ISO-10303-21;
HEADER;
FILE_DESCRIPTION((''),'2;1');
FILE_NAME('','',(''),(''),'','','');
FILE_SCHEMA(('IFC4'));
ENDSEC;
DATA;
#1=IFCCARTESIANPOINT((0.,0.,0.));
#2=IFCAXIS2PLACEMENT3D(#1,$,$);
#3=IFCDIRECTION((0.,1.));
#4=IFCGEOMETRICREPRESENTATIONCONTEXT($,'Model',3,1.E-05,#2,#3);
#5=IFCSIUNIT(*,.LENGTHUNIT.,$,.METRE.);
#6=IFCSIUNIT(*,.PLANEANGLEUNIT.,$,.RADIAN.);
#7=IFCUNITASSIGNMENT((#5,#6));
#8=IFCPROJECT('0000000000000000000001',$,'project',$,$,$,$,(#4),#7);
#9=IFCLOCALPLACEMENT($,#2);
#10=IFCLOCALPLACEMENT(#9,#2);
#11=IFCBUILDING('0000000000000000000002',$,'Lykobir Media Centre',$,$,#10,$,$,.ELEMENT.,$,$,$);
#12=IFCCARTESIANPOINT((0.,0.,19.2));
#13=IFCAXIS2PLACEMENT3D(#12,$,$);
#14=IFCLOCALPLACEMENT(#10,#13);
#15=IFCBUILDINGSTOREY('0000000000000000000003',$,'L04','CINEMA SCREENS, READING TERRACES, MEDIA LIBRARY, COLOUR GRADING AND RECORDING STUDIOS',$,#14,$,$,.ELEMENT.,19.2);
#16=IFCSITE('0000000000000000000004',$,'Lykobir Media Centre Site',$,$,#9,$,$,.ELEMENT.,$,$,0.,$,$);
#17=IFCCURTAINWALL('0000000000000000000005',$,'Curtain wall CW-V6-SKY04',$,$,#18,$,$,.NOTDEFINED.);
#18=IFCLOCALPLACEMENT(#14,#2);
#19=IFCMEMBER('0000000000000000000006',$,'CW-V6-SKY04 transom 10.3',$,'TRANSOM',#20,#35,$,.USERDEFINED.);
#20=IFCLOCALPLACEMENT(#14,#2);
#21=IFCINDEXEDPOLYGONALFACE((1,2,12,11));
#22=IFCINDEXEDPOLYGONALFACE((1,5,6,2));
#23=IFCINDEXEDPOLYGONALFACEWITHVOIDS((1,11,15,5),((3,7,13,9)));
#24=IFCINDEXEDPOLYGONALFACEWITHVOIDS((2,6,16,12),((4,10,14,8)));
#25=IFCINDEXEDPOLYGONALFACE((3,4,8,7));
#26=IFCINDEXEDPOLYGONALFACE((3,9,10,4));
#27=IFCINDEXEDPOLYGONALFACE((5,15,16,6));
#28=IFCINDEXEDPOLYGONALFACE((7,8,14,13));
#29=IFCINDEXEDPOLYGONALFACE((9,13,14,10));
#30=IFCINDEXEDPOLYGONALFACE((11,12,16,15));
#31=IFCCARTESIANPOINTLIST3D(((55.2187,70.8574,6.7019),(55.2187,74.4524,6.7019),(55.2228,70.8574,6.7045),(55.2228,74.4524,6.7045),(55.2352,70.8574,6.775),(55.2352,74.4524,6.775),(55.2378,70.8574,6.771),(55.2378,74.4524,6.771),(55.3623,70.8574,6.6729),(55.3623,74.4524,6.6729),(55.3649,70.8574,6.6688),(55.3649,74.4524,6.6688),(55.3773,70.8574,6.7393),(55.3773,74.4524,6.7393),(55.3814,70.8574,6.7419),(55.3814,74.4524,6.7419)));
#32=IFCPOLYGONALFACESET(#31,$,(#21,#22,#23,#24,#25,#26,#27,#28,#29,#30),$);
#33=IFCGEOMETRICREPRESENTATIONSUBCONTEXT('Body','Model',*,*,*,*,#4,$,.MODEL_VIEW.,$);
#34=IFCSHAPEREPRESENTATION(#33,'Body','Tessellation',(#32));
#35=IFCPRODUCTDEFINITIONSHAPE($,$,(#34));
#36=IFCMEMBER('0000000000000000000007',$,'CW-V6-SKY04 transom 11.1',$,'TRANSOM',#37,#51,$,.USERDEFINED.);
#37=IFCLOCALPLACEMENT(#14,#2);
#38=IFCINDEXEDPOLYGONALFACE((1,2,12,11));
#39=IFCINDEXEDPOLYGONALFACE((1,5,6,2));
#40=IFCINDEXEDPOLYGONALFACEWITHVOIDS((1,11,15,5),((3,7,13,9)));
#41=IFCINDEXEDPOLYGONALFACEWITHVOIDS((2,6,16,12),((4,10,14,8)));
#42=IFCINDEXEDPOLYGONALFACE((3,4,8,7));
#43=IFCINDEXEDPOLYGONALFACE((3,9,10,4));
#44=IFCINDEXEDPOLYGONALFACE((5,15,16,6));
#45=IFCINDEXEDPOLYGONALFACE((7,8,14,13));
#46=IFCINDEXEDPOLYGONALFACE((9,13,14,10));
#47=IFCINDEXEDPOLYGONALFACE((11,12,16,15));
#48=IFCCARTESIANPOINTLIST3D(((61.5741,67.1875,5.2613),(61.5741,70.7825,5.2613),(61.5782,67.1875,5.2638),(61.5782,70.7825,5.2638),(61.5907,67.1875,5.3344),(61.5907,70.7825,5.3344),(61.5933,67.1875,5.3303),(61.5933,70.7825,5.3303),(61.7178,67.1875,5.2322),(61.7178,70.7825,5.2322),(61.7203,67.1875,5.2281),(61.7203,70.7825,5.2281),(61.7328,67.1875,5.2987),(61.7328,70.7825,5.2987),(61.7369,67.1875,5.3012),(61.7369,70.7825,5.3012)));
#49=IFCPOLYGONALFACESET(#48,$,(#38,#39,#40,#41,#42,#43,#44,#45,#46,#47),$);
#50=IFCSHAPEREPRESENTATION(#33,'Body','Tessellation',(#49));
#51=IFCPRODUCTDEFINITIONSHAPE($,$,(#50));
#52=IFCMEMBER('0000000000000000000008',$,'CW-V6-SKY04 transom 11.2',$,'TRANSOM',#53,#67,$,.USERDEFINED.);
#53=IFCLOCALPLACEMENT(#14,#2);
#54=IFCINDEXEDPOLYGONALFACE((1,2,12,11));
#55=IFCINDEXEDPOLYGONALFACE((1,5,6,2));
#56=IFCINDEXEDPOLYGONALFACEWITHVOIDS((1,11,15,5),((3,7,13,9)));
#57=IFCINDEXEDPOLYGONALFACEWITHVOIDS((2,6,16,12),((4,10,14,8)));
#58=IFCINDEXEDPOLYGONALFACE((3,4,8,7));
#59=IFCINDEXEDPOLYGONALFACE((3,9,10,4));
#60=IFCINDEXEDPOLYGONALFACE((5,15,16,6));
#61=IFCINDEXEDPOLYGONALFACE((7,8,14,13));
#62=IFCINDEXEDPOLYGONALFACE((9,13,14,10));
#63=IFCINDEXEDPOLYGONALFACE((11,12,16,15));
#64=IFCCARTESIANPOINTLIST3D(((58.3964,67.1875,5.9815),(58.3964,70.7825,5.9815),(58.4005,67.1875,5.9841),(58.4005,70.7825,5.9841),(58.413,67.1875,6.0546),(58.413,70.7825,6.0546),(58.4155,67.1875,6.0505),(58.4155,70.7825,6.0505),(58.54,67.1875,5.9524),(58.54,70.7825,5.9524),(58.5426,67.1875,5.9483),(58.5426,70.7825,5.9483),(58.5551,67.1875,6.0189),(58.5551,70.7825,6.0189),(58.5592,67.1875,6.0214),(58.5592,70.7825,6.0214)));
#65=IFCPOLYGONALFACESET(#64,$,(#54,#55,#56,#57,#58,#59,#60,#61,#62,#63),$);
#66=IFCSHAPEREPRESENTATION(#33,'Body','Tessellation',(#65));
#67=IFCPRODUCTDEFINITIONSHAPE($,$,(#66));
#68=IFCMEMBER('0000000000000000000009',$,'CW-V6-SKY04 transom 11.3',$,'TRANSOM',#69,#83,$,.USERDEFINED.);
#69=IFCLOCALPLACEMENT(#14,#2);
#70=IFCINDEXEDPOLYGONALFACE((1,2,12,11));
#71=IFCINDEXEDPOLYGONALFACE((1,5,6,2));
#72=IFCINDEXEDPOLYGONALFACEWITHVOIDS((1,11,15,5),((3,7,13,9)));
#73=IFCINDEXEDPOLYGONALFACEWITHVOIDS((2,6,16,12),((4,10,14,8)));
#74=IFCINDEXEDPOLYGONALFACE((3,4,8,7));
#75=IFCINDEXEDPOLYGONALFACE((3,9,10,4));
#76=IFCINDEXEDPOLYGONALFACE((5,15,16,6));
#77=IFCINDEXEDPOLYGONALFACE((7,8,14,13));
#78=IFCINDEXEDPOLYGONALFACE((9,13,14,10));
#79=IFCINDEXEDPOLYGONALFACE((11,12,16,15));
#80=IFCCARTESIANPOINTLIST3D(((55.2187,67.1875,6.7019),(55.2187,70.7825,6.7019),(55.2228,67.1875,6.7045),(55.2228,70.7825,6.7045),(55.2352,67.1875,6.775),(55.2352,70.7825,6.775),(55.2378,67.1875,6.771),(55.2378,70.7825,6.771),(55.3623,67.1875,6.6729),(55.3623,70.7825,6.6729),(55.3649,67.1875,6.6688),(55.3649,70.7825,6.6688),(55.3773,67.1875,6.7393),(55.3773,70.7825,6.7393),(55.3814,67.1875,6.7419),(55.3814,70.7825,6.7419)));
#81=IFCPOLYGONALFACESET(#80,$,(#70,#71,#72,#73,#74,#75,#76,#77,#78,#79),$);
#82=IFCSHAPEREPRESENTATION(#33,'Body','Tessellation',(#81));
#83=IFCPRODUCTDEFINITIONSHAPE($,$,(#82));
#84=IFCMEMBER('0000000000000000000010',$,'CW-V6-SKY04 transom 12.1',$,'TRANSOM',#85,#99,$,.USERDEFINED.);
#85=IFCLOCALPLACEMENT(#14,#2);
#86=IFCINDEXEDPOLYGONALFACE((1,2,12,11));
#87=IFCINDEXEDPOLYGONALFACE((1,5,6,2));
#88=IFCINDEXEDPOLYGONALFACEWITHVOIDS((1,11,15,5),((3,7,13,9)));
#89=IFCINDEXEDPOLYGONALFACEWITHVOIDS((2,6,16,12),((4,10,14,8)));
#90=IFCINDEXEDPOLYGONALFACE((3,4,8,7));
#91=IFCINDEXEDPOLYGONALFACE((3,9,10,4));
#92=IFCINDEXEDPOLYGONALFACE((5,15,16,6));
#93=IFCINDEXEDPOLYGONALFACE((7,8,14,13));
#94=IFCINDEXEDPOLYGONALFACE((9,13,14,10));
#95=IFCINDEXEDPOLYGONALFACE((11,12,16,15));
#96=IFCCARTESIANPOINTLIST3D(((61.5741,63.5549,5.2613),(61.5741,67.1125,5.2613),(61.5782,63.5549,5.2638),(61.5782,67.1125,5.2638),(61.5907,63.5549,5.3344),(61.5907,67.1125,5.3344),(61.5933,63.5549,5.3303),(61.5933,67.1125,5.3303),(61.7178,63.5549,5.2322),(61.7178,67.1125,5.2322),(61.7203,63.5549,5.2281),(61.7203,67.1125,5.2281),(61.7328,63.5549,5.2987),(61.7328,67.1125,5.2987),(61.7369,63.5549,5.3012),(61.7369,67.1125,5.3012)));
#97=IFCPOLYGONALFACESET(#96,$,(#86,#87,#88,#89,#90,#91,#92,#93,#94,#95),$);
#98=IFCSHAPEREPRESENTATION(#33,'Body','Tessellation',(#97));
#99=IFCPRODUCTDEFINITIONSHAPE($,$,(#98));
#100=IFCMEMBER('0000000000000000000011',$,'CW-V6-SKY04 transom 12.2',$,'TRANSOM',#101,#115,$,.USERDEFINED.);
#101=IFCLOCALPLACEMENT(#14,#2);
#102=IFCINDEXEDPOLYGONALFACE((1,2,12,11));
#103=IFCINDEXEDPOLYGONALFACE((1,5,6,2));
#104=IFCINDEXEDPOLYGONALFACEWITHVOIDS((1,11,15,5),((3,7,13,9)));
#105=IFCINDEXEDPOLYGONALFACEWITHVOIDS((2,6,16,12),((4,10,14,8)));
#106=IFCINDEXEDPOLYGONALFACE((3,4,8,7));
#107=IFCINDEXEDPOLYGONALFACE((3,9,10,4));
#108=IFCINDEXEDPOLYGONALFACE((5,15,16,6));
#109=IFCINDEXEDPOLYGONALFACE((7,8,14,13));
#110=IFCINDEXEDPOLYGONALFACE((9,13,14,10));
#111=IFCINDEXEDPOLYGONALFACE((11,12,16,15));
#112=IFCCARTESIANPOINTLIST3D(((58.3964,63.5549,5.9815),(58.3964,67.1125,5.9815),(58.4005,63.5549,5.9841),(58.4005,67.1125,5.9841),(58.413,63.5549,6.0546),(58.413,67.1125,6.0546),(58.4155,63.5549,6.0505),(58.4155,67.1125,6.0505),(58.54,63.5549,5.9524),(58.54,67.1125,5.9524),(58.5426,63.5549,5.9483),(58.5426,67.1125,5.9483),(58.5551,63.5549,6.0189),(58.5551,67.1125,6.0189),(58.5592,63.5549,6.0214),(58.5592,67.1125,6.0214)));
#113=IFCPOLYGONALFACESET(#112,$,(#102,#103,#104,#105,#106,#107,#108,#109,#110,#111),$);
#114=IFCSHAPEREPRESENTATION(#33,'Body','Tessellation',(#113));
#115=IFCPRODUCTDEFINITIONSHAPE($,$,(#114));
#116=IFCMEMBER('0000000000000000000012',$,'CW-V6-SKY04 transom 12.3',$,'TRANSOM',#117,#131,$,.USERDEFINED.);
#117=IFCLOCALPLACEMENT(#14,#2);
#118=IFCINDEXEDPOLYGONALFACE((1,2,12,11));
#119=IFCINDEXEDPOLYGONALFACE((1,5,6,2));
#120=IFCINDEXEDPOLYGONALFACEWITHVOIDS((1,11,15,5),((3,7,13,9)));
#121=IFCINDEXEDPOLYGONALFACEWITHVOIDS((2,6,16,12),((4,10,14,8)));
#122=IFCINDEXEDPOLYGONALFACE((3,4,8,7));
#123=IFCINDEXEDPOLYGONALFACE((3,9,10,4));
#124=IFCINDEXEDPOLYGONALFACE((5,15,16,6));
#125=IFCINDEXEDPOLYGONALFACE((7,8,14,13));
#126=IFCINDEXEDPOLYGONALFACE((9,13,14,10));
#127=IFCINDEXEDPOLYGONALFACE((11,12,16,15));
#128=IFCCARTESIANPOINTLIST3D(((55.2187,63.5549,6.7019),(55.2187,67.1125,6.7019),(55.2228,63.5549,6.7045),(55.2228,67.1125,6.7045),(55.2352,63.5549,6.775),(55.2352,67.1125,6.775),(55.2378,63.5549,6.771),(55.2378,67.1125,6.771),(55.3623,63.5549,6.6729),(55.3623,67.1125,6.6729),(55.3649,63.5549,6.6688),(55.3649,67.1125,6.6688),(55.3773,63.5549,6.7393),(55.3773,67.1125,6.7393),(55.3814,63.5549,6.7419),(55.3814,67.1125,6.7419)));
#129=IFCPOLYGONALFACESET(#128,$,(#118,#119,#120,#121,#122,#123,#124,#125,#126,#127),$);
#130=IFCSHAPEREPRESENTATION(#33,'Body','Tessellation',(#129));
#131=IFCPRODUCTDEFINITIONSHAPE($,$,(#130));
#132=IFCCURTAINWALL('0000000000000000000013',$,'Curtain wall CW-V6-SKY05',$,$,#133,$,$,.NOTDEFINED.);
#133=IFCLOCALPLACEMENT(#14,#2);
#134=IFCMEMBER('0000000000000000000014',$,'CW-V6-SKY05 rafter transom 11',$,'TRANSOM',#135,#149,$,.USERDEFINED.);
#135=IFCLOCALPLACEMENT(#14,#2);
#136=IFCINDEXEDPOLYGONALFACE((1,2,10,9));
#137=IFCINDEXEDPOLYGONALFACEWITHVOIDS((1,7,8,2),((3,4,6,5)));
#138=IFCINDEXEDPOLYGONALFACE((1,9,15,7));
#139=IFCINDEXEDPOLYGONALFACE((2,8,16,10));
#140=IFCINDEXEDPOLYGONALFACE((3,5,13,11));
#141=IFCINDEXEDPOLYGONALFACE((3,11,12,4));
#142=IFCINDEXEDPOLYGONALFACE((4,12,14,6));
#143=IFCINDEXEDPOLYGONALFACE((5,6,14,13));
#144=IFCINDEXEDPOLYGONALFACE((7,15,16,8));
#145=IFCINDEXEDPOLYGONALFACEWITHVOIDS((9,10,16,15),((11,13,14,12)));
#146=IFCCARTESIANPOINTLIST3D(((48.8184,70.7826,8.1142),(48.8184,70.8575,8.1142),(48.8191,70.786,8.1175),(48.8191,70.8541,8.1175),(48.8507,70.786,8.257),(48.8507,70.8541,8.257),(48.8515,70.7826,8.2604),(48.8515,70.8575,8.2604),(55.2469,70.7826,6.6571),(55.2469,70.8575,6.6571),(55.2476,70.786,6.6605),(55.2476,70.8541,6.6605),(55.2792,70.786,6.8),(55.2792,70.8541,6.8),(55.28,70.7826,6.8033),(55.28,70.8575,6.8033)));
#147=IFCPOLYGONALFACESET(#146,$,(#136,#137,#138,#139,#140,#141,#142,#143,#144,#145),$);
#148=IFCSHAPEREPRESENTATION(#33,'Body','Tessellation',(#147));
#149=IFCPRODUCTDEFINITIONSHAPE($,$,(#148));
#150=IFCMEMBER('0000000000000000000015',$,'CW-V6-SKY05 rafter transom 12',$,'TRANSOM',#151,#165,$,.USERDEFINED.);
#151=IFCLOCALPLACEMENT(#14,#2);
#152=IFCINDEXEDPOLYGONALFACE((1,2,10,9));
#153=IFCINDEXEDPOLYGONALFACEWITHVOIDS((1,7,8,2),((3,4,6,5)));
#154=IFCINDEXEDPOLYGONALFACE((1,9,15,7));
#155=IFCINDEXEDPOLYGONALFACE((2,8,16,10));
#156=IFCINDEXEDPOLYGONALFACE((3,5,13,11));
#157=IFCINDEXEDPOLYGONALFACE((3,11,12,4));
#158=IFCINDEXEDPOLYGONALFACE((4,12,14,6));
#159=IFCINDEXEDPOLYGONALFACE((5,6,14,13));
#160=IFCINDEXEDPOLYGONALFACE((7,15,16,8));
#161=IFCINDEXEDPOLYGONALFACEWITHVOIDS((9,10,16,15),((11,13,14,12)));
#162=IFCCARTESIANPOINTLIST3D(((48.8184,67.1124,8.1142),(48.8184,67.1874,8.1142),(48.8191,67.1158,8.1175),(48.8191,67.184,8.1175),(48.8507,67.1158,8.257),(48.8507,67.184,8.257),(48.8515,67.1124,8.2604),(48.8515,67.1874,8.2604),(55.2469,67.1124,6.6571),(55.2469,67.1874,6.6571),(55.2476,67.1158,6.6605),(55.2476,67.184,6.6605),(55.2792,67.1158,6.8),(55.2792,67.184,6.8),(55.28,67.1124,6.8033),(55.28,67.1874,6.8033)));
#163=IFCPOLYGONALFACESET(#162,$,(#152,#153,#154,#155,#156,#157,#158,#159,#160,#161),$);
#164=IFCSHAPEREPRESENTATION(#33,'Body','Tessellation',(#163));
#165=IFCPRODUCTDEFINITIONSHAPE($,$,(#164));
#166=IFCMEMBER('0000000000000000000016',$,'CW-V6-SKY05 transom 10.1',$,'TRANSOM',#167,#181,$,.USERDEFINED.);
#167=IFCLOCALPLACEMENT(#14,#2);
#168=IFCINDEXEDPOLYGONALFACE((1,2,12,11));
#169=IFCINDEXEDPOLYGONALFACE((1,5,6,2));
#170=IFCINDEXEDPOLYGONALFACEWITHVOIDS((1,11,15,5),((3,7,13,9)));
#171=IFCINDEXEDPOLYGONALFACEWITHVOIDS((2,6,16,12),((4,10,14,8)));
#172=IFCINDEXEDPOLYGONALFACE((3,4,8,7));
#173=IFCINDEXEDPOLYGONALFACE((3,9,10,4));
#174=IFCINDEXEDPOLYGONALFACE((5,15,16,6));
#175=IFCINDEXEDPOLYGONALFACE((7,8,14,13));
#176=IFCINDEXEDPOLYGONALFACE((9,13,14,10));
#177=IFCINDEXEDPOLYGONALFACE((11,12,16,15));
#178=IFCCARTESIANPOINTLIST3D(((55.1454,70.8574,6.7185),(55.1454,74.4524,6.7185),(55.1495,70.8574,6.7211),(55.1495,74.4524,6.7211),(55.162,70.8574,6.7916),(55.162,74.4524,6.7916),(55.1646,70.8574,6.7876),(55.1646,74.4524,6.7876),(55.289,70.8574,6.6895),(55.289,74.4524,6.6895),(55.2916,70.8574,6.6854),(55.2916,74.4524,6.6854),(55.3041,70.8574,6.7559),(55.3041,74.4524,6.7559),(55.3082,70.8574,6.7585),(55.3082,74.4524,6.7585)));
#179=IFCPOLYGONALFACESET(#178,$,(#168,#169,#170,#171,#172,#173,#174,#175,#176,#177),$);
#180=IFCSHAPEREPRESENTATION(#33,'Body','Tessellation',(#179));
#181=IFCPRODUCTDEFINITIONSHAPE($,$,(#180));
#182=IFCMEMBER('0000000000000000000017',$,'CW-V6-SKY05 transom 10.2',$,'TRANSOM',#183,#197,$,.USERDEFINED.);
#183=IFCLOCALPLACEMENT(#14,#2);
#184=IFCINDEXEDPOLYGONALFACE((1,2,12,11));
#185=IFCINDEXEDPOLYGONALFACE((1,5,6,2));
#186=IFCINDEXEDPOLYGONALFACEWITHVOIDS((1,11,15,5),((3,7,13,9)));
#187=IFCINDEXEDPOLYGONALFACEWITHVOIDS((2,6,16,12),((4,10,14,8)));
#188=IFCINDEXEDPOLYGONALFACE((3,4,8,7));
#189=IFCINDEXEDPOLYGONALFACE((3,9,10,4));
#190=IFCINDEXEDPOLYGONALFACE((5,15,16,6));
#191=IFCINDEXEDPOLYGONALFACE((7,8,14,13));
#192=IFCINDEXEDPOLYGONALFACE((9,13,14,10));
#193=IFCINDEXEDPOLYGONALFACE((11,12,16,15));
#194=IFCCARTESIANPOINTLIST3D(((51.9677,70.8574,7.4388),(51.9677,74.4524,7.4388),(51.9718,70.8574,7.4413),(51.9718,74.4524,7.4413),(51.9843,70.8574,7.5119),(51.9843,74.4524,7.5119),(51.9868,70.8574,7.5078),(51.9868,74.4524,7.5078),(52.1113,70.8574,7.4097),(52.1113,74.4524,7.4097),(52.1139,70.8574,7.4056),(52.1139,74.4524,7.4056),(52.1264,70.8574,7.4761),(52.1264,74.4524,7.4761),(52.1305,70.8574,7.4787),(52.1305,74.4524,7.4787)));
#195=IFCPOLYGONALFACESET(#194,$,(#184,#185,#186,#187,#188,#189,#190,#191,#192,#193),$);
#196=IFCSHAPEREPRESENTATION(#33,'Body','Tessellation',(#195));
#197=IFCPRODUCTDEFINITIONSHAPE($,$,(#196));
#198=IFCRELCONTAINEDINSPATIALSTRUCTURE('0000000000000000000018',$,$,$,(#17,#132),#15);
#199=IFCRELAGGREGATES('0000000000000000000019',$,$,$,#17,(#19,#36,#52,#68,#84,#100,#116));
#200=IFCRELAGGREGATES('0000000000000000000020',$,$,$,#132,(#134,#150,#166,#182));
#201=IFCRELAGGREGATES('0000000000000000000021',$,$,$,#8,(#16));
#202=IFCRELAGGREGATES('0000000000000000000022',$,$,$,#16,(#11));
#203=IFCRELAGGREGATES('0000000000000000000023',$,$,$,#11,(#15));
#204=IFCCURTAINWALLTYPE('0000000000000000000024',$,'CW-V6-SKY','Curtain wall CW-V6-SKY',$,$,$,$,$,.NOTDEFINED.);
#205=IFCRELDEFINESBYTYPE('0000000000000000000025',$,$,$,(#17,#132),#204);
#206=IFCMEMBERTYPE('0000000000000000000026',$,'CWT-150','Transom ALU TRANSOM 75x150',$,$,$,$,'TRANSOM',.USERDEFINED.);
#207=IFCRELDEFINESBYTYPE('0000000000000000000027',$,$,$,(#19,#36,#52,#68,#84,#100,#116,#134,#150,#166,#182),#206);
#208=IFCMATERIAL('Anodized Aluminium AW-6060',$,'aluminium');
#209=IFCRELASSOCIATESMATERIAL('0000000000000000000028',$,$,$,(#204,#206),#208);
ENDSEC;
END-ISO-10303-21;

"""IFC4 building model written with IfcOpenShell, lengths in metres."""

from ifc_helpers import new_model, si_unit, direction, frame, origin, origin_2d, place, context, subcontext, project, spatial, hollow_rectangle, extrude, material, material_profile, profile_set, type_object, element, aggregate, save


model = new_model("IFC4")

# Units and contexts
model_context = context("Model", 3, precision=1e-05, world=origin(), true_north=direction((0.0, 1.0)))
body_context = subcontext(model_context, "Body", "Model", "MODEL_VIEW")
ifc_project = project(units=[si_unit("LENGTHUNIT", "METRE"), si_unit("PLANEANGLEUNIT", "RADIAN")], contexts=[model_context])

# Site, building, storey
site_placement = place(None, origin())
site = spatial("IfcSite", under=ifc_project, at=site_placement, Name="Lykobir Media Centre Site", CompositionType="ELEMENT", RefElevation=0.0)
building_placement = place(site_placement, origin())
building = spatial("IfcBuilding", under=site, at=building_placement, Name="Lykobir Media Centre", CompositionType="ELEMENT")
storey_placement = place(building_placement, frame((0.0, 0.0, 19.2)))
storey = spatial("IfcBuildingStorey", under=building, at=storey_placement, Name="L04", Description="CINEMA SCREENS, READING TERRACES, MEDIA LIBRARY, COLOUR GRADING AND RECORDING STUDIOS", CompositionType="ELEMENT", Elevation=19.2)

# Curtain walls, members
ifc_material_1 = material(Name="Anodized Aluminium AW-6060", Category="aluminium")
curtain_wall_type = type_object("IfcCurtainWallType", Name="CW-V6-SKY", Description="Curtain wall CW-V6-SKY", PredefinedType="NOTDEFINED", material=ifc_material_1)
ifc_material_profile_1 = material_profile(ifc_material_1, hollow_rectangle(XDim=0.075, YDim=0.1499, WallThickness=0.0034, at=origin_2d()), Name="ALU TRANSOM 75x150")
ifc_profile_set_1 = profile_set([ifc_material_profile_1], Name="Anodized Aluminium AW-6060")
member_type_1 = type_object("IfcMemberType", Name="CWT-150", Description="Transom ALU TRANSOM 75x150", ElementType="TRANSOM", PredefinedType="USERDEFINED", material=ifc_profile_set_1)
curtain_wall_1_placement = place(storey_placement, origin())
curtain_wall_1 = element("IfcCurtainWall", 1, at=curtain_wall_1_placement, inside=storey, type_object=curtain_wall_type, Name="Curtain wall CW-V6-SKY04", PredefinedType="NOTDEFINED")
member_1_placement = place(storey_placement, frame((55.3, 74.4524, 6.7219), z_axis=(0.0, -1.0, 0.0), x_axis=(0.221072, 0.0, 0.975258)))
member_1 = element("IfcMember", 2, at=member_1_placement, type_object=member_type_1, Name="CW-V6-SKY04 transom 10.3", ObjectType="TRANSOM", PredefinedType="USERDEFINED", context=body_context, shape_type="SweptSolid", body=[
    extrude(hollow_rectangle(XDim=0.075, YDim=0.1499, WallThickness=0.0034, at=origin_2d()), origin(), (0.0, 0.0, 1.0), 3.595),
])
member_2_placement = place(storey_placement, frame((61.6555, 70.7825, 5.2812), z_axis=(0.0, -1.0, 0.0), x_axis=(0.221072, 0.0, 0.975258)))
member_2 = element("IfcMember", 3, at=member_2_placement, type_object=member_type_1, Name="CW-V6-SKY04 transom 11.1", ObjectType="TRANSOM", PredefinedType="USERDEFINED", context=body_context, shape_type="SweptSolid", body=[
    extrude(hollow_rectangle(XDim=0.075, YDim=0.1499, WallThickness=0.0034, at=origin_2d()), origin(), (0.0, 0.0, 1.0), 3.595),
])
member_3_placement = place(storey_placement, frame((58.4778, 70.7825, 6.0015), z_axis=(0.0, -1.0, 0.0), x_axis=(0.221072, 0.0, 0.975258)))
member_3 = element("IfcMember", 4, at=member_3_placement, type_object=member_type_1, Name="CW-V6-SKY04 transom 11.2", ObjectType="TRANSOM", PredefinedType="USERDEFINED", context=body_context, shape_type="SweptSolid", body=[
    extrude(hollow_rectangle(XDim=0.075, YDim=0.1499, WallThickness=0.0034, at=origin_2d()), origin(), (0.0, 0.0, 1.0), 3.595),
])
member_4_placement = place(storey_placement, frame((55.3, 70.7825, 6.7219), z_axis=(0.0, -1.0, 0.0), x_axis=(0.221072, 0.0, 0.975258)))
member_4 = element("IfcMember", 5, at=member_4_placement, type_object=member_type_1, Name="CW-V6-SKY04 transom 11.3", ObjectType="TRANSOM", PredefinedType="USERDEFINED", context=body_context, shape_type="SweptSolid", body=[
    extrude(hollow_rectangle(XDim=0.075, YDim=0.1499, WallThickness=0.0034, at=origin_2d()), origin(), (0.0, 0.0, 1.0), 3.595),
])
member_5_placement = place(storey_placement, frame((61.6555, 67.1125, 5.2812), z_axis=(0.0, -1.0, 0.0), x_axis=(0.221072, 0.0, 0.975258)))
member_5 = element("IfcMember", 6, at=member_5_placement, type_object=member_type_1, Name="CW-V6-SKY04 transom 12.1", ObjectType="TRANSOM", PredefinedType="USERDEFINED", context=body_context, shape_type="SweptSolid", body=[
    extrude(hollow_rectangle(XDim=0.075, YDim=0.1499, WallThickness=0.0034, at=origin_2d()), origin(), (0.0, 0.0, 1.0), 3.5576),
])
member_6_placement = place(storey_placement, frame((58.4778, 67.1125, 6.0015), z_axis=(0.0, -1.0, 0.0), x_axis=(0.221072, 0.0, 0.975258)))
member_6 = element("IfcMember", 7, at=member_6_placement, type_object=member_type_1, Name="CW-V6-SKY04 transom 12.2", ObjectType="TRANSOM", PredefinedType="USERDEFINED", context=body_context, shape_type="SweptSolid", body=[
    extrude(hollow_rectangle(XDim=0.075, YDim=0.1499, WallThickness=0.0034, at=origin_2d()), origin(), (0.0, 0.0, 1.0), 3.5576),
])
member_7_placement = place(storey_placement, frame((55.3, 67.1125, 6.7219), z_axis=(0.0, -1.0, 0.0), x_axis=(0.221072, 0.0, 0.975258)))
member_7 = element("IfcMember", 8, at=member_7_placement, type_object=member_type_1, Name="CW-V6-SKY04 transom 12.3", ObjectType="TRANSOM", PredefinedType="USERDEFINED", context=body_context, shape_type="SweptSolid", body=[
    extrude(hollow_rectangle(XDim=0.075, YDim=0.1499, WallThickness=0.0034, at=origin_2d()), origin(), (0.0, 0.0, 1.0), 3.5576),
])
curtain_wall_2_placement = place(storey_placement, origin())
curtain_wall_2 = element("IfcCurtainWall", 9, at=curtain_wall_2_placement, inside=storey, type_object=curtain_wall_type, Name="Curtain wall CW-V6-SKY05", PredefinedType="NOTDEFINED")
member_8_placement = place(storey_placement, frame((55.2634, 70.8201, 6.7302), z_axis=(-0.975263, 0.0, 0.221046), x_axis=(0.0, -1.0, 0.0)))
member_8 = element("IfcMember", 10, at=member_8_placement, type_object=member_type_1, Name="CW-V6-SKY05 rafter transom 11", ObjectType="TRANSOM", PredefinedType="USERDEFINED", context=body_context, shape_type="SweptSolid", body=[
    extrude(hollow_rectangle(XDim=0.075, YDim=0.1499, WallThickness=0.0034, at=origin_2d()), origin(), (0.0, 0.0, 1.0), 6.5916),
])
member_9_placement = place(storey_placement, frame((55.2634, 67.1499, 6.7302), z_axis=(-0.975263, 0.0, 0.221046), x_axis=(0.0, -1.0, 0.0)))
member_9 = element("IfcMember", 11, at=member_9_placement, type_object=member_type_1, Name="CW-V6-SKY05 rafter transom 12", ObjectType="TRANSOM", PredefinedType="USERDEFINED", context=body_context, shape_type="SweptSolid", body=[
    extrude(hollow_rectangle(XDim=0.075, YDim=0.1499, WallThickness=0.0034, at=origin_2d()), origin(), (0.0, 0.0, 1.0), 6.5916),
])
member_10_placement = place(storey_placement, frame((55.2268, 74.4524, 6.7385), z_axis=(0.0, -1.0, 0.0), x_axis=(0.221055, 0.0, 0.975261)))
member_10 = element("IfcMember", 12, at=member_10_placement, type_object=member_type_1, Name="CW-V6-SKY05 transom 10.1", ObjectType="TRANSOM", PredefinedType="USERDEFINED", context=body_context, shape_type="SweptSolid", body=[
    extrude(hollow_rectangle(XDim=0.075, YDim=0.1499, WallThickness=0.0034, at=origin_2d()), origin(), (0.0, 0.0, 1.0), 3.595),
])
member_11_placement = place(storey_placement, frame((52.0491, 74.4524, 7.4587), z_axis=(0.0, -1.0, 0.0), x_axis=(0.221055, 0.0, 0.975261)))
member_11 = element("IfcMember", 13, at=member_11_placement, type_object=member_type_1, Name="CW-V6-SKY05 transom 10.2", ObjectType="TRANSOM", PredefinedType="USERDEFINED", context=body_context, shape_type="SweptSolid", body=[
    extrude(hollow_rectangle(XDim=0.075, YDim=0.1499, WallThickness=0.0034, at=origin_2d()), origin(), (0.0, 0.0, 1.0), 3.595),
])

aggregate(curtain_wall_1, [member_1, member_2, member_3, member_4, member_5, member_6, member_7])
aggregate(curtain_wall_2, [member_8, member_9, member_10, member_11])

save(model, "model.ifc")
